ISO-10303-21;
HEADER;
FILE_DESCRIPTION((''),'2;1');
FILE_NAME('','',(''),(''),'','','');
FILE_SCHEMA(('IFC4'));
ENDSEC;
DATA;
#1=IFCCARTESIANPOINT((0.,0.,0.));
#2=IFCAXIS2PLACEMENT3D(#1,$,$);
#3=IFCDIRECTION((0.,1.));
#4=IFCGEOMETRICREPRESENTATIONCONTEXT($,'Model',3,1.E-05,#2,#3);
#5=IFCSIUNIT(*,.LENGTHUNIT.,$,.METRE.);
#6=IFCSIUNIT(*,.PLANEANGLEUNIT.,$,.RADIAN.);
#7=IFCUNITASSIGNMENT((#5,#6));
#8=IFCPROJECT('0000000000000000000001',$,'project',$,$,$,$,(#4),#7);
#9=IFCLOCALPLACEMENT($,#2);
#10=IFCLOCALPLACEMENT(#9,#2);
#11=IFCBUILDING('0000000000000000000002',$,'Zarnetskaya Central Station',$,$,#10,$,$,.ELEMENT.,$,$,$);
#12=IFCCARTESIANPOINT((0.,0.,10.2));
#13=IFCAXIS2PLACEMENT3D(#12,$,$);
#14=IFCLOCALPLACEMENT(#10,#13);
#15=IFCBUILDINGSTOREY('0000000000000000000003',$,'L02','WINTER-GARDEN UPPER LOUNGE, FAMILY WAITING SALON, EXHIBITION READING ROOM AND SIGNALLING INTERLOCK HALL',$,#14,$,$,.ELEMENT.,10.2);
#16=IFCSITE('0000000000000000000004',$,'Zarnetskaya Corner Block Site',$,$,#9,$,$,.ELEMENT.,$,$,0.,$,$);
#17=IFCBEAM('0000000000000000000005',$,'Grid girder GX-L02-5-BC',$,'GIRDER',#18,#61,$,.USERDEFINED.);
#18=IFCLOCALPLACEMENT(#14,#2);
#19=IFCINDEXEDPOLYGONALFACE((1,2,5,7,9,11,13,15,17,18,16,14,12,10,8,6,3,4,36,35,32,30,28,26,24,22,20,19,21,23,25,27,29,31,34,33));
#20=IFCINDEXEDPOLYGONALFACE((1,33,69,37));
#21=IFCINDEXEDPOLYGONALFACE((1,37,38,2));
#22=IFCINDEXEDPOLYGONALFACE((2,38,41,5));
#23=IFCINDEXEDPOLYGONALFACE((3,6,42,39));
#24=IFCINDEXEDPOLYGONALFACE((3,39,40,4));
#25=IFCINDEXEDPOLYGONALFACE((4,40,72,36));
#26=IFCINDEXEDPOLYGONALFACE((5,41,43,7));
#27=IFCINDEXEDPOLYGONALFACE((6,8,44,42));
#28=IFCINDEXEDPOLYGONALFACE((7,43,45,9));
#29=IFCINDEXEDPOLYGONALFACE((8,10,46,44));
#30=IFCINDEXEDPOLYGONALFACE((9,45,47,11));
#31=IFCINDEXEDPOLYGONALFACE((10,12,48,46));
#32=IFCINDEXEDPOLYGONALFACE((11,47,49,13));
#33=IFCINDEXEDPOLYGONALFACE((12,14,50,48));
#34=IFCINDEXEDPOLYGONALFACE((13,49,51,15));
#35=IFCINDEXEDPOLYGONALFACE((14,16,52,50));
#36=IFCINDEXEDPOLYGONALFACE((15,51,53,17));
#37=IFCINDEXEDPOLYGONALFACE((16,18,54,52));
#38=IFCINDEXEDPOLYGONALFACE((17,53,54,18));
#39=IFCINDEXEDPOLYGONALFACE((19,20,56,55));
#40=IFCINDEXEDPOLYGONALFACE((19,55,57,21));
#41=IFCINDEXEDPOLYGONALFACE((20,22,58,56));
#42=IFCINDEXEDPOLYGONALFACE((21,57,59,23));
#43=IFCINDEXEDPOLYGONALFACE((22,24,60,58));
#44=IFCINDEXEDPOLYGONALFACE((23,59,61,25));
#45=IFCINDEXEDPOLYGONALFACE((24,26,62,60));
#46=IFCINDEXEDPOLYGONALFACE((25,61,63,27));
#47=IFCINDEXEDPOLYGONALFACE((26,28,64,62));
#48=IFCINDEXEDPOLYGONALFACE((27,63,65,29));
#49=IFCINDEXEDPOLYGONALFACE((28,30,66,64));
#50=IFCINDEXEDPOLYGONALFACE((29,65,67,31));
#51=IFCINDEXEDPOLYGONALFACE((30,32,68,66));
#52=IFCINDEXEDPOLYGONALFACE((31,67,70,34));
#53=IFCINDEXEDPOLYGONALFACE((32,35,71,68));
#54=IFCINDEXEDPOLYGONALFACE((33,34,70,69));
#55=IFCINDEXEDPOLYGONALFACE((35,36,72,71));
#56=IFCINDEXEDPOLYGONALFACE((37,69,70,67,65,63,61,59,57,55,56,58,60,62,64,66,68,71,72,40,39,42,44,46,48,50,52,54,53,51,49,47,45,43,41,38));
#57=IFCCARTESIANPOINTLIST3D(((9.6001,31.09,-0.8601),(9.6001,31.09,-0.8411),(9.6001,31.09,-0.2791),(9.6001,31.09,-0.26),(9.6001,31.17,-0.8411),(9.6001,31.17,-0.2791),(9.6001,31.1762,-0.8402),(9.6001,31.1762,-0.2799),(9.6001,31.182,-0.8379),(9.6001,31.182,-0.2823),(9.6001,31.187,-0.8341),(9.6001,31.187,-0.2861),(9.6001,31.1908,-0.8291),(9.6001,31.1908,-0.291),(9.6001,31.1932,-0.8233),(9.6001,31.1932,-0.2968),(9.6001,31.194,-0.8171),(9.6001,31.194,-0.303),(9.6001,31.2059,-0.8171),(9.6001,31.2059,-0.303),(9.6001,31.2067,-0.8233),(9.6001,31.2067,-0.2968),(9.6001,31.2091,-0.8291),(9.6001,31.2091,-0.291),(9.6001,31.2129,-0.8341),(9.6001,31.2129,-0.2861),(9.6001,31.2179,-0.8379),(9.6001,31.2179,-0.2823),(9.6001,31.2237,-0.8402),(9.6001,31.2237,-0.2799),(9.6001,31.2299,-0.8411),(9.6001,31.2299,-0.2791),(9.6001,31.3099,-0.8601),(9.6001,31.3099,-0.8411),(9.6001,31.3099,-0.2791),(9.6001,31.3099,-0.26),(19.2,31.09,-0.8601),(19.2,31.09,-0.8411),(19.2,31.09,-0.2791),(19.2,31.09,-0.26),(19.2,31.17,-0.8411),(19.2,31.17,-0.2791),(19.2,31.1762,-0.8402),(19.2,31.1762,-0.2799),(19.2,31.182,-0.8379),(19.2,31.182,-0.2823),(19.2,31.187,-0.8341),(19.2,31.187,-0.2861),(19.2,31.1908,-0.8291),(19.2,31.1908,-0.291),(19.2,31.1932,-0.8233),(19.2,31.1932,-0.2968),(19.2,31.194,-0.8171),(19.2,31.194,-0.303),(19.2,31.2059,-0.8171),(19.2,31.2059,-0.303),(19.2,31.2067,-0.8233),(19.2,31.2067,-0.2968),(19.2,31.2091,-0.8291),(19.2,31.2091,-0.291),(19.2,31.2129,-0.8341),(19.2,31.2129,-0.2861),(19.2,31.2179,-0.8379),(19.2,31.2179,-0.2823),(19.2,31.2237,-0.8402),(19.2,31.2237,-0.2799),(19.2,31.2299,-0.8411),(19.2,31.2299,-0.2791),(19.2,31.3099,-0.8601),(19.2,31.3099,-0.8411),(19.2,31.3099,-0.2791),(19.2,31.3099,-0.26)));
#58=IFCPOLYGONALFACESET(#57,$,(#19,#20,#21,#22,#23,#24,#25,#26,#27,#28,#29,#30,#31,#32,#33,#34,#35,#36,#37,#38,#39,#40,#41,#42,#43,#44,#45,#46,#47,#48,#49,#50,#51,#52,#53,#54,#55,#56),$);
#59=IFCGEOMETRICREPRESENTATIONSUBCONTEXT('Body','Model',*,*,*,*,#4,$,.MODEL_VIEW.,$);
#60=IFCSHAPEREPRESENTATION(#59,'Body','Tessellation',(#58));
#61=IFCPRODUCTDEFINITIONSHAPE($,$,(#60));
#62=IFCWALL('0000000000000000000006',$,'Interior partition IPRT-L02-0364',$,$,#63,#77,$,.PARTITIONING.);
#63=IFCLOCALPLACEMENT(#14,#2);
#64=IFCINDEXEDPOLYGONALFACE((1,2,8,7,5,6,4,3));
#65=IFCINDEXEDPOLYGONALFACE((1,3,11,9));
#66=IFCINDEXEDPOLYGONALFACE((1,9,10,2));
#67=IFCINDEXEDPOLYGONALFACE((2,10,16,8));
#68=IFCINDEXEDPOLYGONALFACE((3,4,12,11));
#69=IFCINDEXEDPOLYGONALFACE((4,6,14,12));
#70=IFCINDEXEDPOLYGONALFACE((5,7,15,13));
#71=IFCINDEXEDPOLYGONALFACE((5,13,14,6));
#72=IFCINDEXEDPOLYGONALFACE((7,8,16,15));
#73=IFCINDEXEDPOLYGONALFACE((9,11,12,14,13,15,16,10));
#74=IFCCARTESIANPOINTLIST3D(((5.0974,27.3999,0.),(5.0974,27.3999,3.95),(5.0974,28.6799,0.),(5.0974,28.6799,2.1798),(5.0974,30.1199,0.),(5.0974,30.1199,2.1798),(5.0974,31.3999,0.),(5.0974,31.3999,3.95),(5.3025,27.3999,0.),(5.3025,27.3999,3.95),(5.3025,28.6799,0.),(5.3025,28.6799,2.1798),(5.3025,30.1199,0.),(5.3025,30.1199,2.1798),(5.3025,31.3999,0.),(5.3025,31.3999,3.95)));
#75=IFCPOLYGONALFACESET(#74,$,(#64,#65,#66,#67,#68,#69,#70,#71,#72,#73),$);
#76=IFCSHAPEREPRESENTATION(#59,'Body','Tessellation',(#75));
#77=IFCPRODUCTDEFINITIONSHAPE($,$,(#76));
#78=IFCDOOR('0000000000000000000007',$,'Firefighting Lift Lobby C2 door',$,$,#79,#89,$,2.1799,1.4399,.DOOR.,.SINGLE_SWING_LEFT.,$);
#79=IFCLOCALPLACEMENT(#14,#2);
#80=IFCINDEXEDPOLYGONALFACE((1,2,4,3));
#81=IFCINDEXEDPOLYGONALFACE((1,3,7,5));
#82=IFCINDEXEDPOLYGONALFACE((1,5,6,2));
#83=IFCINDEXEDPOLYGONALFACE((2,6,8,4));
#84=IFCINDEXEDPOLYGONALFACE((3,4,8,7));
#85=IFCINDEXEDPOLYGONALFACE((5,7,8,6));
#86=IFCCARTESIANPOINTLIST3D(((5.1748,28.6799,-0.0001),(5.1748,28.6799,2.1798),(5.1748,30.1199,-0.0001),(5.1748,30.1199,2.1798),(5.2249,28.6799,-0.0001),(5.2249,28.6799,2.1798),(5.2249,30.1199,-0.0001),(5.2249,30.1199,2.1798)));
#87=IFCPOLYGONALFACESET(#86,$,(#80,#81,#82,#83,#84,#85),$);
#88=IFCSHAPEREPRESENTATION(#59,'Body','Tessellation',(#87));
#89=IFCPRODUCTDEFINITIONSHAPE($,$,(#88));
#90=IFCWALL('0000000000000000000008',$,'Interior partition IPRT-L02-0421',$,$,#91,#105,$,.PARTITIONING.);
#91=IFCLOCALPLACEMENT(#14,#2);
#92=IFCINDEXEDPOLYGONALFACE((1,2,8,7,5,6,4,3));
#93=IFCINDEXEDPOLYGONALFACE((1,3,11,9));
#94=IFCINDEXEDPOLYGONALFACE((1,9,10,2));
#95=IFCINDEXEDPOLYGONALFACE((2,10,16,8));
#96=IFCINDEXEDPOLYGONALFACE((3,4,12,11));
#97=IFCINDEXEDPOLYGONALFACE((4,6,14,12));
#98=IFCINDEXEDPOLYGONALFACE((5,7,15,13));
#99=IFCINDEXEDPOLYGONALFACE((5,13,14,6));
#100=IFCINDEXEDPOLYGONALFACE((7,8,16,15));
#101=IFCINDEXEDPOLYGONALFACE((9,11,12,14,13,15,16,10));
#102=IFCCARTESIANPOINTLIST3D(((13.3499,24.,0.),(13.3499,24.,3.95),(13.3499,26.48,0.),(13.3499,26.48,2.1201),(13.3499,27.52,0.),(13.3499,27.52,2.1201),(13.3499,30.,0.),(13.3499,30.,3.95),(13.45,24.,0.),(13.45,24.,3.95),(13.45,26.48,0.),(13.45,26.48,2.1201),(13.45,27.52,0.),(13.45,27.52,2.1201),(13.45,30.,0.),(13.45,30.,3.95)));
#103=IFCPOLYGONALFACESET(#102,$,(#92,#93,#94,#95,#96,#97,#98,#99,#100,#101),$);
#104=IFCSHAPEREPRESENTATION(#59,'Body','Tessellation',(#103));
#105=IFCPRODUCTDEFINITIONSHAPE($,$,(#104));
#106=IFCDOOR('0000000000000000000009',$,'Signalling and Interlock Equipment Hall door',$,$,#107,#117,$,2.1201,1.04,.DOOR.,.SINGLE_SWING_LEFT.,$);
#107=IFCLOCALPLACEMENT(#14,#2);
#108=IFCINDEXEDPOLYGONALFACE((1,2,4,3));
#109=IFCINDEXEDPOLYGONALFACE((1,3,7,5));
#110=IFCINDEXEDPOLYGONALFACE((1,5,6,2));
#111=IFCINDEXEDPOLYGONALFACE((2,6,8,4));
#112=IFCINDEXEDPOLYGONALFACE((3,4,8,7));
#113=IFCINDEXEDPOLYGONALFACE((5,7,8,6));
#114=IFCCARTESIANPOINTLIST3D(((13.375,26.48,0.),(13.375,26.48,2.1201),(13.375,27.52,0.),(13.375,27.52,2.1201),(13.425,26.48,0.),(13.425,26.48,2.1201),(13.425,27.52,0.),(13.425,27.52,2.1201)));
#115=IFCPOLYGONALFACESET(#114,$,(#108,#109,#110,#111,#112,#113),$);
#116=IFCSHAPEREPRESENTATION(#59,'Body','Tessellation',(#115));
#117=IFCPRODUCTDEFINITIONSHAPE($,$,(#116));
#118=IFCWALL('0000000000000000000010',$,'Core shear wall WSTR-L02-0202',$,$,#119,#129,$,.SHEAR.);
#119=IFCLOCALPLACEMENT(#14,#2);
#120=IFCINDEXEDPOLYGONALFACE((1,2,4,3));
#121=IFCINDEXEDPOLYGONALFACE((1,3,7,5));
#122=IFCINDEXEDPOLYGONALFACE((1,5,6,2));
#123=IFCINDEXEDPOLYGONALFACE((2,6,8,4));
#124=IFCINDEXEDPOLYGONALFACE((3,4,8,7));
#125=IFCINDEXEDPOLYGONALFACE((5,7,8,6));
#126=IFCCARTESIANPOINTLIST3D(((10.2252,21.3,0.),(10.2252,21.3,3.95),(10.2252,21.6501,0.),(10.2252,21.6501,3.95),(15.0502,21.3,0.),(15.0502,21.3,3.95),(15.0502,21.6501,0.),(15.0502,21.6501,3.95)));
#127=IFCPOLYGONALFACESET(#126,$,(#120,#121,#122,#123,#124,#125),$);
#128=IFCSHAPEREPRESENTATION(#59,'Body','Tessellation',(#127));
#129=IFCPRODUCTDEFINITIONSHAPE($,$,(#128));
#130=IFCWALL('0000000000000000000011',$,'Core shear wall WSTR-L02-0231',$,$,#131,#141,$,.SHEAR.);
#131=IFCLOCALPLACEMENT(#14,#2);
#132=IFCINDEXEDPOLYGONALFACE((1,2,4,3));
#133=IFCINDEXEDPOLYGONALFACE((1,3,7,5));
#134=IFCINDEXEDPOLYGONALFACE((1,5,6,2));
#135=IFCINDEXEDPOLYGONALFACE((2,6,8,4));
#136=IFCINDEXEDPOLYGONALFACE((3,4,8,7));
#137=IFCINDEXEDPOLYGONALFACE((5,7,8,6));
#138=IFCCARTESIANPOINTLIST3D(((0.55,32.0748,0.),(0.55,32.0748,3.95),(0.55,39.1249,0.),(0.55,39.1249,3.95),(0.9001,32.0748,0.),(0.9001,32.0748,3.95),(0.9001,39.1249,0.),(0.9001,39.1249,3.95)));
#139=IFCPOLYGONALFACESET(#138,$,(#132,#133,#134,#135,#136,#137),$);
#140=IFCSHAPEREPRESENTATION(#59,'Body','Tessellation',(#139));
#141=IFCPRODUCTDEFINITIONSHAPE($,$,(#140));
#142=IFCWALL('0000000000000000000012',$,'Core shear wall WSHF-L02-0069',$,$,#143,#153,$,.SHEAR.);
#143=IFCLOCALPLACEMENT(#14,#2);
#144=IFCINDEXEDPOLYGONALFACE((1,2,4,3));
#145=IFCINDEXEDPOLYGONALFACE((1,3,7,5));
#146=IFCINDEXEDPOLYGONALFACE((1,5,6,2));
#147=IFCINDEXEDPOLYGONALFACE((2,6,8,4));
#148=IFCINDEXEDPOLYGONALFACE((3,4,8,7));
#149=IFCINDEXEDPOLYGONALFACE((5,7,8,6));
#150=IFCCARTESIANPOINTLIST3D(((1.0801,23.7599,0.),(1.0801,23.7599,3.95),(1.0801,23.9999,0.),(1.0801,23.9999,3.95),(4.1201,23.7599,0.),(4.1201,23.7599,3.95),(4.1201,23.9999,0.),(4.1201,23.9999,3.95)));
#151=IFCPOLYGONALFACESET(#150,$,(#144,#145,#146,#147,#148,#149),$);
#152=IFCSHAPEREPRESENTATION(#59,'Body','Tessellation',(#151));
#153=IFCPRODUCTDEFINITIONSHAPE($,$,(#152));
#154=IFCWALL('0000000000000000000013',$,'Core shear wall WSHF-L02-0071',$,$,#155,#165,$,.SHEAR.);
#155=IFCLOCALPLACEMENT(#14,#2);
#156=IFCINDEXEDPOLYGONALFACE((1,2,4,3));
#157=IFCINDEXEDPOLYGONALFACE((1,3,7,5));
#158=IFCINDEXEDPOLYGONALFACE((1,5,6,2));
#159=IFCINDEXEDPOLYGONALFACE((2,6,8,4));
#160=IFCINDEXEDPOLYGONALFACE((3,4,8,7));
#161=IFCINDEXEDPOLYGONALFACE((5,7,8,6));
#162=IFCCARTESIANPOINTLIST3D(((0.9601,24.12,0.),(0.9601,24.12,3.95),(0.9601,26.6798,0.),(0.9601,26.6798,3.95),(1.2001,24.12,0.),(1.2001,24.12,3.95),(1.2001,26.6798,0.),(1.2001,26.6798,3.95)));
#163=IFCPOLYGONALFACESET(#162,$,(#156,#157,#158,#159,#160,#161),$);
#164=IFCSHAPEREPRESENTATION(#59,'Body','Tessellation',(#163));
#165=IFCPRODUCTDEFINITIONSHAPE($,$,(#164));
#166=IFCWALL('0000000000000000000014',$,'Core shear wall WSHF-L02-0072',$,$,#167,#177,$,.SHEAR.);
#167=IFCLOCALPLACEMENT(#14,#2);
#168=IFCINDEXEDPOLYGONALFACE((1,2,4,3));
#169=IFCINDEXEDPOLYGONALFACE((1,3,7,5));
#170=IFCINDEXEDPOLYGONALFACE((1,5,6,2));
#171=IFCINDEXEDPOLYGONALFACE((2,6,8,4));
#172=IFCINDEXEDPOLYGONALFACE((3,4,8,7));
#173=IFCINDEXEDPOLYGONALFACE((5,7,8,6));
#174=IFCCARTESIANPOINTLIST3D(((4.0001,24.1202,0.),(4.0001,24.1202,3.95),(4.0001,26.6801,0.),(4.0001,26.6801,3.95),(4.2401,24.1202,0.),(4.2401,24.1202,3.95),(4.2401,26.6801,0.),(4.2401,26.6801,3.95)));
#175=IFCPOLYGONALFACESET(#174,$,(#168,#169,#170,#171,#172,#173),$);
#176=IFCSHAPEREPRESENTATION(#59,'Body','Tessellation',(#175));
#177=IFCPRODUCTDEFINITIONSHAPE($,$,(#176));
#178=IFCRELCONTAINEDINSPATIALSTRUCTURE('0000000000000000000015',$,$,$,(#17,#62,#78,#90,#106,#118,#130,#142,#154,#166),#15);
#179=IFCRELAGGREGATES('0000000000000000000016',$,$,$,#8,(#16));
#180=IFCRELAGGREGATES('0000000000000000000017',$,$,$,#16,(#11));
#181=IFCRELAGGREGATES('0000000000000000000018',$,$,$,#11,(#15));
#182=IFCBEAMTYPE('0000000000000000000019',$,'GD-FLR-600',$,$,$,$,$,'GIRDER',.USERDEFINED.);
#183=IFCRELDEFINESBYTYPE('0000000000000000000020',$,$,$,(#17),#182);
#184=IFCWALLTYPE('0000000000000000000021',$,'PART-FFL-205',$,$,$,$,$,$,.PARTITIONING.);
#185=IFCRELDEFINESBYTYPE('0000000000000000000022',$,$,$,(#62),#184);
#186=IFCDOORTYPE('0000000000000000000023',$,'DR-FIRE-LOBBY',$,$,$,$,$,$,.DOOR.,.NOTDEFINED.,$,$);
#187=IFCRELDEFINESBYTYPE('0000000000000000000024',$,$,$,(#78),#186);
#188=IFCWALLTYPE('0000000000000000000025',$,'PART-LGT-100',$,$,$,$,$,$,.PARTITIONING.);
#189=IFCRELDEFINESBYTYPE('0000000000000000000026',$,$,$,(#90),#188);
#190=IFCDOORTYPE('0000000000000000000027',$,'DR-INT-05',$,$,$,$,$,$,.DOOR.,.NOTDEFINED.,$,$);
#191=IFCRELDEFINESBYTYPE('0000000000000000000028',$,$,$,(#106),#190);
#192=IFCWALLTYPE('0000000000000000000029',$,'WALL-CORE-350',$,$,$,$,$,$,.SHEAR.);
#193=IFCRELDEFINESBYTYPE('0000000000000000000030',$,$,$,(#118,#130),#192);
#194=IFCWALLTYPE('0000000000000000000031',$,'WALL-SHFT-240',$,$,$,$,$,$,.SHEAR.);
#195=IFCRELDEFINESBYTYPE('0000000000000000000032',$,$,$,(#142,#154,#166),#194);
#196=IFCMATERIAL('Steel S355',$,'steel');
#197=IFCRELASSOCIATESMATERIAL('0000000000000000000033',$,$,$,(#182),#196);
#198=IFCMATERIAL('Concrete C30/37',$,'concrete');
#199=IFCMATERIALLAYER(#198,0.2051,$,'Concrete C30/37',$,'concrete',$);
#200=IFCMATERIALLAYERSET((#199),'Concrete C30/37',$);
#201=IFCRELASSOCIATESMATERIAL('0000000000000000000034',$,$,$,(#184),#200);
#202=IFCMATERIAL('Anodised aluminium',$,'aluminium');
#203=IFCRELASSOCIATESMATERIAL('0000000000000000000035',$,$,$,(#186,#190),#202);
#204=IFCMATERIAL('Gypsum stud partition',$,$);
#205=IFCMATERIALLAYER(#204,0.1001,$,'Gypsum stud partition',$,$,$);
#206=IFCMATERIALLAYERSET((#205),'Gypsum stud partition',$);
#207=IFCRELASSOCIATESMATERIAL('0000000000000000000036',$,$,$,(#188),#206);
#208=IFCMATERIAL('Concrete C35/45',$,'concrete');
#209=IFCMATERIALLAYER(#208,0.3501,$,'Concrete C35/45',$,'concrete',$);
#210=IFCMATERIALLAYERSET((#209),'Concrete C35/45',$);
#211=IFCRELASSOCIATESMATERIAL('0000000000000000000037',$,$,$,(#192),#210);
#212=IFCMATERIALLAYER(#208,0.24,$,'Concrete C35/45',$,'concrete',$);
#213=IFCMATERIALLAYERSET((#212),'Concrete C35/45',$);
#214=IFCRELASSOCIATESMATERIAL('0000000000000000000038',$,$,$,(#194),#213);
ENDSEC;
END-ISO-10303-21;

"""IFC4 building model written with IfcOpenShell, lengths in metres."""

from ifc_helpers import new_model, si_unit, direction, frame, frame_2d, origin, origin_2d, place, context, subcontext, project, spatial, rectangle, i_section, extrude, material, layer, layer_set, material_profile, profile_set, type_object, element, fill, save


model = new_model("IFC4")

# Units and contexts
model_context = context("Model", 3, precision=1e-05, world=origin(), true_north=direction((0.0, 1.0)))
body_context = subcontext(model_context, "Body", "Model", "MODEL_VIEW")
ifc_project = project(units=[si_unit("LENGTHUNIT", "METRE"), si_unit("PLANEANGLEUNIT", "RADIAN")], contexts=[model_context])

# Site, building, storey
site_placement = place(None, origin())
site = spatial("IfcSite", under=ifc_project, at=site_placement, Name="Zarnetskaya Corner Block Site", CompositionType="ELEMENT", RefElevation=0.0)
building_placement = place(site_placement, origin())
building = spatial("IfcBuilding", under=site, at=building_placement, Name="Zarnetskaya Central Station", CompositionType="ELEMENT")
storey_placement = place(building_placement, frame((0.0, 0.0, 10.2)))
storey = spatial("IfcBuildingStorey", under=building, at=storey_placement, Name="L02", Description="WINTER-GARDEN UPPER LOUNGE, FAMILY WAITING SALON, EXHIBITION READING ROOM AND SIGNALLING INTERLOCK HALL", CompositionType="ELEMENT", Elevation=10.2)

# Shared definitions
ifc_material_1 = material(Name="Steel S355", Category="steel")

# Beam
ifc_material_profile_1 = material_profile(ifc_material_1, i_section(OverallWidth=0.22, OverallDepth=0.6001, WebThickness=0.012, FlangeThickness=0.019, FilletRadius=0.0239, at=origin_2d()), Name="IPE 600")
ifc_profile_set_1 = profile_set([ifc_material_profile_1], Name="Steel S355")
beam_type_1 = type_object("IfcBeamType", Name="GD-FLR-600", ElementType="GIRDER", PredefinedType="USERDEFINED", material=ifc_profile_set_1)
for number, where, z_axis, x_axis, name in (
    (1, (9.6001, 31.2, -0.5601), (1.0, 0.0, 0.0), (0.0, 1.0, 0.0), "Grid girder GX-L02-5-BC"),
):
    element("IfcBeam", number, at=place(storey_placement, frame(where, z_axis=z_axis, x_axis=x_axis)), inside=storey, type_object=beam_type_1, Name=name, ObjectType="GIRDER", PredefinedType="USERDEFINED", context=body_context, shape_type="SweptSolid", body=[
        extrude(i_section(OverallWidth=0.22, OverallDepth=0.6001, WebThickness=0.012, FlangeThickness=0.019, FilletRadius=0.0239, at=origin_2d()), origin(), (0.0, 0.0, 1.0), 9.5999),
    ])

# Walls, openings, doors
ifc_material_2 = material(Name="Concrete C30/37", Category="concrete")
ifc_layer_1 = layer(ifc_material_2, 0.2051, Name="Concrete C30/37", Category="concrete")
ifc_layer_set_1 = layer_set([ifc_layer_1], Name="Concrete C30/37")
wall_type_1 = type_object("IfcWallType", Name="PART-FFL-205", PredefinedType="PARTITIONING", material=ifc_layer_set_1)
wall_1_placement = place(storey_placement, frame((5.2, 31.3999, 0.0), z_axis=(0.0, 0.0, 1.0), x_axis=(0.0, -1.0, 0.0)))
wall_1 = element("IfcWall", 2, at=wall_1_placement, inside=storey, type_object=wall_type_1, Name="Interior partition IPRT-L02-0364", PredefinedType="PARTITIONING", context=body_context, shape_type="SweptSolid", body=[
    extrude(rectangle(XDim=4.0, YDim=0.2051, at=frame_2d((2.0, 0.0))), origin(), (0.0, 0.0, 1.0), 3.95),
])
opening_1_placement = place(wall_1_placement, frame((1.28, 0.0, 0.0)))
opening_1 = element("IfcOpeningElement", 3, at=opening_1_placement, cuts=wall_1, PredefinedType="OPENING", context=body_context, shape_type="SweptSolid", body=[
    extrude(rectangle(XDim=1.4399, YDim=2.1799, at=frame_2d((0.72, 1.0898))), frame((0.0, 0.1125, 0.0), z_axis=(0.0, -1.0, 0.0), x_axis=(1.0, 0.0, 0.0)), (0.0, 0.0, 1.0), 0.2251),
])
ifc_material_3 = material(Name="Anodised aluminium", Category="aluminium")
door_type_1 = type_object("IfcDoorType", Name="DR-FIRE-LOBBY", OperationType="NOTDEFINED", PredefinedType="DOOR", material=ifc_material_3)
door_1_placement = place(opening_1_placement, origin())
door_1 = element("IfcDoor", 4, at=door_1_placement, inside=storey, type_object=door_type_1, Name="Firefighting Lift Lobby C2 door", OperationType="SINGLE_SWING_LEFT", OverallHeight=2.1799, OverallWidth=1.4399, PredefinedType="DOOR", context=body_context, shape_type="SweptSolid", body=[
    extrude(rectangle(XDim=1.4399, YDim=2.1799, at=frame_2d((0.72, 1.0898))), frame((0.0, 0.0249, 0.0), z_axis=(0.0, -1.0, 0.0), x_axis=(1.0, 0.0, 0.0)), (0.0, 0.0, 1.0), 0.05),
])
fill(opening_1, door_1)
ifc_material_4 = material(Name="Gypsum stud partition")
ifc_layer_2 = layer(ifc_material_4, 0.1001, Name="Gypsum stud partition")
ifc_layer_set_2 = layer_set([ifc_layer_2], Name="Gypsum stud partition")
wall_type_2 = type_object("IfcWallType", Name="PART-LGT-100", PredefinedType="PARTITIONING", material=ifc_layer_set_2)
wall_2_placement = place(storey_placement, frame((13.3999, 24.0, 0.0), z_axis=(0.0, 0.0, 1.0), x_axis=(0.0, 1.0, 0.0)))
wall_2 = element("IfcWall", 5, at=wall_2_placement, inside=storey, type_object=wall_type_2, Name="Interior partition IPRT-L02-0421", PredefinedType="PARTITIONING", context=body_context, shape_type="SweptSolid", body=[
    extrude(rectangle(XDim=6.0, YDim=0.1001, at=frame_2d((3.0, 0.0))), origin(), (0.0, 0.0, 1.0), 3.95),
])
opening_2_placement = place(wall_2_placement, frame((2.48, 0.0, 0.0)))
opening_2 = element("IfcOpeningElement", 6, at=opening_2_placement, cuts=wall_2, PredefinedType="OPENING", context=body_context, shape_type="SweptSolid", body=[
    extrude(rectangle(XDim=1.04, YDim=2.1201, at=frame_2d((0.52, 1.0601))), frame((0.0, 0.0601, 0.0), z_axis=(0.0, -1.0, 0.0), x_axis=(1.0, 0.0, 0.0)), (0.0, 0.0, 1.0), 0.1201),
])
door_type_2 = type_object("IfcDoorType", Name="DR-INT-05", OperationType="NOTDEFINED", PredefinedType="DOOR", material=ifc_material_3)
door_2_placement = place(opening_2_placement, origin())
door_2 = element("IfcDoor", 7, at=door_2_placement, inside=storey, type_object=door_type_2, Name="Signalling and Interlock Equipment Hall door", OperationType="SINGLE_SWING_LEFT", OverallHeight=2.1201, OverallWidth=1.04, PredefinedType="DOOR", context=body_context, shape_type="SweptSolid", body=[
    extrude(rectangle(XDim=1.04, YDim=2.1201, at=frame_2d((0.52, 1.0601))), frame((0.0, 0.0249, 0.0), z_axis=(0.0, -1.0, 0.0), x_axis=(1.0, 0.0, 0.0)), (0.0, 0.0, 1.0), 0.05),
])
fill(opening_2, door_2)

# Wall
ifc_material_5 = material(Name="Concrete C35/45", Category="concrete")
ifc_layer_3 = layer(ifc_material_5, 0.3501, Name="Concrete C35/45", Category="concrete")
ifc_layer_set_3 = layer_set([ifc_layer_3], Name="Concrete C35/45")
wall_type_3 = type_object("IfcWallType", Name="WALL-CORE-350", PredefinedType="SHEAR", material=ifc_layer_set_3)
wall_3_placement = place(storey_placement, frame((10.2251, 21.4751, 0.0), z_axis=(0.0, 0.0, 1.0), x_axis=(1.0, 0.0, 0.0)))
element("IfcWall", 8, at=wall_3_placement, inside=storey, type_object=wall_type_3, Name="Core shear wall WSTR-L02-0202", PredefinedType="SHEAR", context=body_context, shape_type="SweptSolid", body=[
    extrude(rectangle(XDim=4.825, YDim=0.3501, at=frame_2d((2.4126, 0.0))), origin(), (0.0, 0.0, 1.0), 3.95),
])

# Walls
wall_4_placement = place(storey_placement, frame((0.7251, 32.075, 0.0), z_axis=(0.0, 0.0, 1.0), x_axis=(0.0, 1.0, 0.0)))
element("IfcWall", 9, at=wall_4_placement, inside=storey, type_object=wall_type_3, Name="Core shear wall WSTR-L02-0231", PredefinedType="SHEAR", context=body_context, shape_type="SweptSolid", body=[
    extrude(rectangle(XDim=7.05, YDim=0.3501, at=frame_2d((3.5249, 0.0))), origin(), (0.0, 0.0, 1.0), 3.95),
])
ifc_layer_4 = layer(ifc_material_5, 0.24, Name="Concrete C35/45", Category="concrete")
ifc_layer_set_4 = layer_set([ifc_layer_4], Name="Concrete C35/45")
wall_type_4 = type_object("IfcWallType", Name="WALL-SHFT-240", PredefinedType="SHEAR", material=ifc_layer_set_4)
wall_5_placement = place(storey_placement, frame((4.1201, 23.8799, 0.0), z_axis=(0.0, 0.0, 1.0), x_axis=(-1.0, 0.0, 0.0)))
element("IfcWall", 10, at=wall_5_placement, inside=storey, type_object=wall_type_4, Name="Core shear wall WSHF-L02-0069", PredefinedType="SHEAR", context=body_context, shape_type="SweptSolid", body=[
    extrude(rectangle(XDim=3.04, YDim=0.24, at=frame_2d((1.52, 0.0))), origin(), (0.0, 0.0, 1.0), 3.95),
])

# Walls
for number, where, z_axis, x_axis, name in (
    (11, (1.0801, 24.1201, 0.0), (0.0, 0.0, 1.0), (0.0, 1.0, 0.0), "Core shear wall WSHF-L02-0071"),
    (12, (4.1201, 26.6799, 0.0), (0.0, 0.0, 1.0), (0.0, -1.0, 0.0), "Core shear wall WSHF-L02-0072"),
):
    element("IfcWall", number, at=place(storey_placement, frame(where, z_axis=z_axis, x_axis=x_axis)), inside=storey, type_object=wall_type_4, Name=name, PredefinedType="SHEAR", context=body_context, shape_type="SweptSolid", body=[
        extrude(rectangle(XDim=2.5598, YDim=0.24, at=frame_2d((1.2798, 0.0))), origin(), (0.0, 0.0, 1.0), 3.95),
    ])

save(model, "model.ifc")
